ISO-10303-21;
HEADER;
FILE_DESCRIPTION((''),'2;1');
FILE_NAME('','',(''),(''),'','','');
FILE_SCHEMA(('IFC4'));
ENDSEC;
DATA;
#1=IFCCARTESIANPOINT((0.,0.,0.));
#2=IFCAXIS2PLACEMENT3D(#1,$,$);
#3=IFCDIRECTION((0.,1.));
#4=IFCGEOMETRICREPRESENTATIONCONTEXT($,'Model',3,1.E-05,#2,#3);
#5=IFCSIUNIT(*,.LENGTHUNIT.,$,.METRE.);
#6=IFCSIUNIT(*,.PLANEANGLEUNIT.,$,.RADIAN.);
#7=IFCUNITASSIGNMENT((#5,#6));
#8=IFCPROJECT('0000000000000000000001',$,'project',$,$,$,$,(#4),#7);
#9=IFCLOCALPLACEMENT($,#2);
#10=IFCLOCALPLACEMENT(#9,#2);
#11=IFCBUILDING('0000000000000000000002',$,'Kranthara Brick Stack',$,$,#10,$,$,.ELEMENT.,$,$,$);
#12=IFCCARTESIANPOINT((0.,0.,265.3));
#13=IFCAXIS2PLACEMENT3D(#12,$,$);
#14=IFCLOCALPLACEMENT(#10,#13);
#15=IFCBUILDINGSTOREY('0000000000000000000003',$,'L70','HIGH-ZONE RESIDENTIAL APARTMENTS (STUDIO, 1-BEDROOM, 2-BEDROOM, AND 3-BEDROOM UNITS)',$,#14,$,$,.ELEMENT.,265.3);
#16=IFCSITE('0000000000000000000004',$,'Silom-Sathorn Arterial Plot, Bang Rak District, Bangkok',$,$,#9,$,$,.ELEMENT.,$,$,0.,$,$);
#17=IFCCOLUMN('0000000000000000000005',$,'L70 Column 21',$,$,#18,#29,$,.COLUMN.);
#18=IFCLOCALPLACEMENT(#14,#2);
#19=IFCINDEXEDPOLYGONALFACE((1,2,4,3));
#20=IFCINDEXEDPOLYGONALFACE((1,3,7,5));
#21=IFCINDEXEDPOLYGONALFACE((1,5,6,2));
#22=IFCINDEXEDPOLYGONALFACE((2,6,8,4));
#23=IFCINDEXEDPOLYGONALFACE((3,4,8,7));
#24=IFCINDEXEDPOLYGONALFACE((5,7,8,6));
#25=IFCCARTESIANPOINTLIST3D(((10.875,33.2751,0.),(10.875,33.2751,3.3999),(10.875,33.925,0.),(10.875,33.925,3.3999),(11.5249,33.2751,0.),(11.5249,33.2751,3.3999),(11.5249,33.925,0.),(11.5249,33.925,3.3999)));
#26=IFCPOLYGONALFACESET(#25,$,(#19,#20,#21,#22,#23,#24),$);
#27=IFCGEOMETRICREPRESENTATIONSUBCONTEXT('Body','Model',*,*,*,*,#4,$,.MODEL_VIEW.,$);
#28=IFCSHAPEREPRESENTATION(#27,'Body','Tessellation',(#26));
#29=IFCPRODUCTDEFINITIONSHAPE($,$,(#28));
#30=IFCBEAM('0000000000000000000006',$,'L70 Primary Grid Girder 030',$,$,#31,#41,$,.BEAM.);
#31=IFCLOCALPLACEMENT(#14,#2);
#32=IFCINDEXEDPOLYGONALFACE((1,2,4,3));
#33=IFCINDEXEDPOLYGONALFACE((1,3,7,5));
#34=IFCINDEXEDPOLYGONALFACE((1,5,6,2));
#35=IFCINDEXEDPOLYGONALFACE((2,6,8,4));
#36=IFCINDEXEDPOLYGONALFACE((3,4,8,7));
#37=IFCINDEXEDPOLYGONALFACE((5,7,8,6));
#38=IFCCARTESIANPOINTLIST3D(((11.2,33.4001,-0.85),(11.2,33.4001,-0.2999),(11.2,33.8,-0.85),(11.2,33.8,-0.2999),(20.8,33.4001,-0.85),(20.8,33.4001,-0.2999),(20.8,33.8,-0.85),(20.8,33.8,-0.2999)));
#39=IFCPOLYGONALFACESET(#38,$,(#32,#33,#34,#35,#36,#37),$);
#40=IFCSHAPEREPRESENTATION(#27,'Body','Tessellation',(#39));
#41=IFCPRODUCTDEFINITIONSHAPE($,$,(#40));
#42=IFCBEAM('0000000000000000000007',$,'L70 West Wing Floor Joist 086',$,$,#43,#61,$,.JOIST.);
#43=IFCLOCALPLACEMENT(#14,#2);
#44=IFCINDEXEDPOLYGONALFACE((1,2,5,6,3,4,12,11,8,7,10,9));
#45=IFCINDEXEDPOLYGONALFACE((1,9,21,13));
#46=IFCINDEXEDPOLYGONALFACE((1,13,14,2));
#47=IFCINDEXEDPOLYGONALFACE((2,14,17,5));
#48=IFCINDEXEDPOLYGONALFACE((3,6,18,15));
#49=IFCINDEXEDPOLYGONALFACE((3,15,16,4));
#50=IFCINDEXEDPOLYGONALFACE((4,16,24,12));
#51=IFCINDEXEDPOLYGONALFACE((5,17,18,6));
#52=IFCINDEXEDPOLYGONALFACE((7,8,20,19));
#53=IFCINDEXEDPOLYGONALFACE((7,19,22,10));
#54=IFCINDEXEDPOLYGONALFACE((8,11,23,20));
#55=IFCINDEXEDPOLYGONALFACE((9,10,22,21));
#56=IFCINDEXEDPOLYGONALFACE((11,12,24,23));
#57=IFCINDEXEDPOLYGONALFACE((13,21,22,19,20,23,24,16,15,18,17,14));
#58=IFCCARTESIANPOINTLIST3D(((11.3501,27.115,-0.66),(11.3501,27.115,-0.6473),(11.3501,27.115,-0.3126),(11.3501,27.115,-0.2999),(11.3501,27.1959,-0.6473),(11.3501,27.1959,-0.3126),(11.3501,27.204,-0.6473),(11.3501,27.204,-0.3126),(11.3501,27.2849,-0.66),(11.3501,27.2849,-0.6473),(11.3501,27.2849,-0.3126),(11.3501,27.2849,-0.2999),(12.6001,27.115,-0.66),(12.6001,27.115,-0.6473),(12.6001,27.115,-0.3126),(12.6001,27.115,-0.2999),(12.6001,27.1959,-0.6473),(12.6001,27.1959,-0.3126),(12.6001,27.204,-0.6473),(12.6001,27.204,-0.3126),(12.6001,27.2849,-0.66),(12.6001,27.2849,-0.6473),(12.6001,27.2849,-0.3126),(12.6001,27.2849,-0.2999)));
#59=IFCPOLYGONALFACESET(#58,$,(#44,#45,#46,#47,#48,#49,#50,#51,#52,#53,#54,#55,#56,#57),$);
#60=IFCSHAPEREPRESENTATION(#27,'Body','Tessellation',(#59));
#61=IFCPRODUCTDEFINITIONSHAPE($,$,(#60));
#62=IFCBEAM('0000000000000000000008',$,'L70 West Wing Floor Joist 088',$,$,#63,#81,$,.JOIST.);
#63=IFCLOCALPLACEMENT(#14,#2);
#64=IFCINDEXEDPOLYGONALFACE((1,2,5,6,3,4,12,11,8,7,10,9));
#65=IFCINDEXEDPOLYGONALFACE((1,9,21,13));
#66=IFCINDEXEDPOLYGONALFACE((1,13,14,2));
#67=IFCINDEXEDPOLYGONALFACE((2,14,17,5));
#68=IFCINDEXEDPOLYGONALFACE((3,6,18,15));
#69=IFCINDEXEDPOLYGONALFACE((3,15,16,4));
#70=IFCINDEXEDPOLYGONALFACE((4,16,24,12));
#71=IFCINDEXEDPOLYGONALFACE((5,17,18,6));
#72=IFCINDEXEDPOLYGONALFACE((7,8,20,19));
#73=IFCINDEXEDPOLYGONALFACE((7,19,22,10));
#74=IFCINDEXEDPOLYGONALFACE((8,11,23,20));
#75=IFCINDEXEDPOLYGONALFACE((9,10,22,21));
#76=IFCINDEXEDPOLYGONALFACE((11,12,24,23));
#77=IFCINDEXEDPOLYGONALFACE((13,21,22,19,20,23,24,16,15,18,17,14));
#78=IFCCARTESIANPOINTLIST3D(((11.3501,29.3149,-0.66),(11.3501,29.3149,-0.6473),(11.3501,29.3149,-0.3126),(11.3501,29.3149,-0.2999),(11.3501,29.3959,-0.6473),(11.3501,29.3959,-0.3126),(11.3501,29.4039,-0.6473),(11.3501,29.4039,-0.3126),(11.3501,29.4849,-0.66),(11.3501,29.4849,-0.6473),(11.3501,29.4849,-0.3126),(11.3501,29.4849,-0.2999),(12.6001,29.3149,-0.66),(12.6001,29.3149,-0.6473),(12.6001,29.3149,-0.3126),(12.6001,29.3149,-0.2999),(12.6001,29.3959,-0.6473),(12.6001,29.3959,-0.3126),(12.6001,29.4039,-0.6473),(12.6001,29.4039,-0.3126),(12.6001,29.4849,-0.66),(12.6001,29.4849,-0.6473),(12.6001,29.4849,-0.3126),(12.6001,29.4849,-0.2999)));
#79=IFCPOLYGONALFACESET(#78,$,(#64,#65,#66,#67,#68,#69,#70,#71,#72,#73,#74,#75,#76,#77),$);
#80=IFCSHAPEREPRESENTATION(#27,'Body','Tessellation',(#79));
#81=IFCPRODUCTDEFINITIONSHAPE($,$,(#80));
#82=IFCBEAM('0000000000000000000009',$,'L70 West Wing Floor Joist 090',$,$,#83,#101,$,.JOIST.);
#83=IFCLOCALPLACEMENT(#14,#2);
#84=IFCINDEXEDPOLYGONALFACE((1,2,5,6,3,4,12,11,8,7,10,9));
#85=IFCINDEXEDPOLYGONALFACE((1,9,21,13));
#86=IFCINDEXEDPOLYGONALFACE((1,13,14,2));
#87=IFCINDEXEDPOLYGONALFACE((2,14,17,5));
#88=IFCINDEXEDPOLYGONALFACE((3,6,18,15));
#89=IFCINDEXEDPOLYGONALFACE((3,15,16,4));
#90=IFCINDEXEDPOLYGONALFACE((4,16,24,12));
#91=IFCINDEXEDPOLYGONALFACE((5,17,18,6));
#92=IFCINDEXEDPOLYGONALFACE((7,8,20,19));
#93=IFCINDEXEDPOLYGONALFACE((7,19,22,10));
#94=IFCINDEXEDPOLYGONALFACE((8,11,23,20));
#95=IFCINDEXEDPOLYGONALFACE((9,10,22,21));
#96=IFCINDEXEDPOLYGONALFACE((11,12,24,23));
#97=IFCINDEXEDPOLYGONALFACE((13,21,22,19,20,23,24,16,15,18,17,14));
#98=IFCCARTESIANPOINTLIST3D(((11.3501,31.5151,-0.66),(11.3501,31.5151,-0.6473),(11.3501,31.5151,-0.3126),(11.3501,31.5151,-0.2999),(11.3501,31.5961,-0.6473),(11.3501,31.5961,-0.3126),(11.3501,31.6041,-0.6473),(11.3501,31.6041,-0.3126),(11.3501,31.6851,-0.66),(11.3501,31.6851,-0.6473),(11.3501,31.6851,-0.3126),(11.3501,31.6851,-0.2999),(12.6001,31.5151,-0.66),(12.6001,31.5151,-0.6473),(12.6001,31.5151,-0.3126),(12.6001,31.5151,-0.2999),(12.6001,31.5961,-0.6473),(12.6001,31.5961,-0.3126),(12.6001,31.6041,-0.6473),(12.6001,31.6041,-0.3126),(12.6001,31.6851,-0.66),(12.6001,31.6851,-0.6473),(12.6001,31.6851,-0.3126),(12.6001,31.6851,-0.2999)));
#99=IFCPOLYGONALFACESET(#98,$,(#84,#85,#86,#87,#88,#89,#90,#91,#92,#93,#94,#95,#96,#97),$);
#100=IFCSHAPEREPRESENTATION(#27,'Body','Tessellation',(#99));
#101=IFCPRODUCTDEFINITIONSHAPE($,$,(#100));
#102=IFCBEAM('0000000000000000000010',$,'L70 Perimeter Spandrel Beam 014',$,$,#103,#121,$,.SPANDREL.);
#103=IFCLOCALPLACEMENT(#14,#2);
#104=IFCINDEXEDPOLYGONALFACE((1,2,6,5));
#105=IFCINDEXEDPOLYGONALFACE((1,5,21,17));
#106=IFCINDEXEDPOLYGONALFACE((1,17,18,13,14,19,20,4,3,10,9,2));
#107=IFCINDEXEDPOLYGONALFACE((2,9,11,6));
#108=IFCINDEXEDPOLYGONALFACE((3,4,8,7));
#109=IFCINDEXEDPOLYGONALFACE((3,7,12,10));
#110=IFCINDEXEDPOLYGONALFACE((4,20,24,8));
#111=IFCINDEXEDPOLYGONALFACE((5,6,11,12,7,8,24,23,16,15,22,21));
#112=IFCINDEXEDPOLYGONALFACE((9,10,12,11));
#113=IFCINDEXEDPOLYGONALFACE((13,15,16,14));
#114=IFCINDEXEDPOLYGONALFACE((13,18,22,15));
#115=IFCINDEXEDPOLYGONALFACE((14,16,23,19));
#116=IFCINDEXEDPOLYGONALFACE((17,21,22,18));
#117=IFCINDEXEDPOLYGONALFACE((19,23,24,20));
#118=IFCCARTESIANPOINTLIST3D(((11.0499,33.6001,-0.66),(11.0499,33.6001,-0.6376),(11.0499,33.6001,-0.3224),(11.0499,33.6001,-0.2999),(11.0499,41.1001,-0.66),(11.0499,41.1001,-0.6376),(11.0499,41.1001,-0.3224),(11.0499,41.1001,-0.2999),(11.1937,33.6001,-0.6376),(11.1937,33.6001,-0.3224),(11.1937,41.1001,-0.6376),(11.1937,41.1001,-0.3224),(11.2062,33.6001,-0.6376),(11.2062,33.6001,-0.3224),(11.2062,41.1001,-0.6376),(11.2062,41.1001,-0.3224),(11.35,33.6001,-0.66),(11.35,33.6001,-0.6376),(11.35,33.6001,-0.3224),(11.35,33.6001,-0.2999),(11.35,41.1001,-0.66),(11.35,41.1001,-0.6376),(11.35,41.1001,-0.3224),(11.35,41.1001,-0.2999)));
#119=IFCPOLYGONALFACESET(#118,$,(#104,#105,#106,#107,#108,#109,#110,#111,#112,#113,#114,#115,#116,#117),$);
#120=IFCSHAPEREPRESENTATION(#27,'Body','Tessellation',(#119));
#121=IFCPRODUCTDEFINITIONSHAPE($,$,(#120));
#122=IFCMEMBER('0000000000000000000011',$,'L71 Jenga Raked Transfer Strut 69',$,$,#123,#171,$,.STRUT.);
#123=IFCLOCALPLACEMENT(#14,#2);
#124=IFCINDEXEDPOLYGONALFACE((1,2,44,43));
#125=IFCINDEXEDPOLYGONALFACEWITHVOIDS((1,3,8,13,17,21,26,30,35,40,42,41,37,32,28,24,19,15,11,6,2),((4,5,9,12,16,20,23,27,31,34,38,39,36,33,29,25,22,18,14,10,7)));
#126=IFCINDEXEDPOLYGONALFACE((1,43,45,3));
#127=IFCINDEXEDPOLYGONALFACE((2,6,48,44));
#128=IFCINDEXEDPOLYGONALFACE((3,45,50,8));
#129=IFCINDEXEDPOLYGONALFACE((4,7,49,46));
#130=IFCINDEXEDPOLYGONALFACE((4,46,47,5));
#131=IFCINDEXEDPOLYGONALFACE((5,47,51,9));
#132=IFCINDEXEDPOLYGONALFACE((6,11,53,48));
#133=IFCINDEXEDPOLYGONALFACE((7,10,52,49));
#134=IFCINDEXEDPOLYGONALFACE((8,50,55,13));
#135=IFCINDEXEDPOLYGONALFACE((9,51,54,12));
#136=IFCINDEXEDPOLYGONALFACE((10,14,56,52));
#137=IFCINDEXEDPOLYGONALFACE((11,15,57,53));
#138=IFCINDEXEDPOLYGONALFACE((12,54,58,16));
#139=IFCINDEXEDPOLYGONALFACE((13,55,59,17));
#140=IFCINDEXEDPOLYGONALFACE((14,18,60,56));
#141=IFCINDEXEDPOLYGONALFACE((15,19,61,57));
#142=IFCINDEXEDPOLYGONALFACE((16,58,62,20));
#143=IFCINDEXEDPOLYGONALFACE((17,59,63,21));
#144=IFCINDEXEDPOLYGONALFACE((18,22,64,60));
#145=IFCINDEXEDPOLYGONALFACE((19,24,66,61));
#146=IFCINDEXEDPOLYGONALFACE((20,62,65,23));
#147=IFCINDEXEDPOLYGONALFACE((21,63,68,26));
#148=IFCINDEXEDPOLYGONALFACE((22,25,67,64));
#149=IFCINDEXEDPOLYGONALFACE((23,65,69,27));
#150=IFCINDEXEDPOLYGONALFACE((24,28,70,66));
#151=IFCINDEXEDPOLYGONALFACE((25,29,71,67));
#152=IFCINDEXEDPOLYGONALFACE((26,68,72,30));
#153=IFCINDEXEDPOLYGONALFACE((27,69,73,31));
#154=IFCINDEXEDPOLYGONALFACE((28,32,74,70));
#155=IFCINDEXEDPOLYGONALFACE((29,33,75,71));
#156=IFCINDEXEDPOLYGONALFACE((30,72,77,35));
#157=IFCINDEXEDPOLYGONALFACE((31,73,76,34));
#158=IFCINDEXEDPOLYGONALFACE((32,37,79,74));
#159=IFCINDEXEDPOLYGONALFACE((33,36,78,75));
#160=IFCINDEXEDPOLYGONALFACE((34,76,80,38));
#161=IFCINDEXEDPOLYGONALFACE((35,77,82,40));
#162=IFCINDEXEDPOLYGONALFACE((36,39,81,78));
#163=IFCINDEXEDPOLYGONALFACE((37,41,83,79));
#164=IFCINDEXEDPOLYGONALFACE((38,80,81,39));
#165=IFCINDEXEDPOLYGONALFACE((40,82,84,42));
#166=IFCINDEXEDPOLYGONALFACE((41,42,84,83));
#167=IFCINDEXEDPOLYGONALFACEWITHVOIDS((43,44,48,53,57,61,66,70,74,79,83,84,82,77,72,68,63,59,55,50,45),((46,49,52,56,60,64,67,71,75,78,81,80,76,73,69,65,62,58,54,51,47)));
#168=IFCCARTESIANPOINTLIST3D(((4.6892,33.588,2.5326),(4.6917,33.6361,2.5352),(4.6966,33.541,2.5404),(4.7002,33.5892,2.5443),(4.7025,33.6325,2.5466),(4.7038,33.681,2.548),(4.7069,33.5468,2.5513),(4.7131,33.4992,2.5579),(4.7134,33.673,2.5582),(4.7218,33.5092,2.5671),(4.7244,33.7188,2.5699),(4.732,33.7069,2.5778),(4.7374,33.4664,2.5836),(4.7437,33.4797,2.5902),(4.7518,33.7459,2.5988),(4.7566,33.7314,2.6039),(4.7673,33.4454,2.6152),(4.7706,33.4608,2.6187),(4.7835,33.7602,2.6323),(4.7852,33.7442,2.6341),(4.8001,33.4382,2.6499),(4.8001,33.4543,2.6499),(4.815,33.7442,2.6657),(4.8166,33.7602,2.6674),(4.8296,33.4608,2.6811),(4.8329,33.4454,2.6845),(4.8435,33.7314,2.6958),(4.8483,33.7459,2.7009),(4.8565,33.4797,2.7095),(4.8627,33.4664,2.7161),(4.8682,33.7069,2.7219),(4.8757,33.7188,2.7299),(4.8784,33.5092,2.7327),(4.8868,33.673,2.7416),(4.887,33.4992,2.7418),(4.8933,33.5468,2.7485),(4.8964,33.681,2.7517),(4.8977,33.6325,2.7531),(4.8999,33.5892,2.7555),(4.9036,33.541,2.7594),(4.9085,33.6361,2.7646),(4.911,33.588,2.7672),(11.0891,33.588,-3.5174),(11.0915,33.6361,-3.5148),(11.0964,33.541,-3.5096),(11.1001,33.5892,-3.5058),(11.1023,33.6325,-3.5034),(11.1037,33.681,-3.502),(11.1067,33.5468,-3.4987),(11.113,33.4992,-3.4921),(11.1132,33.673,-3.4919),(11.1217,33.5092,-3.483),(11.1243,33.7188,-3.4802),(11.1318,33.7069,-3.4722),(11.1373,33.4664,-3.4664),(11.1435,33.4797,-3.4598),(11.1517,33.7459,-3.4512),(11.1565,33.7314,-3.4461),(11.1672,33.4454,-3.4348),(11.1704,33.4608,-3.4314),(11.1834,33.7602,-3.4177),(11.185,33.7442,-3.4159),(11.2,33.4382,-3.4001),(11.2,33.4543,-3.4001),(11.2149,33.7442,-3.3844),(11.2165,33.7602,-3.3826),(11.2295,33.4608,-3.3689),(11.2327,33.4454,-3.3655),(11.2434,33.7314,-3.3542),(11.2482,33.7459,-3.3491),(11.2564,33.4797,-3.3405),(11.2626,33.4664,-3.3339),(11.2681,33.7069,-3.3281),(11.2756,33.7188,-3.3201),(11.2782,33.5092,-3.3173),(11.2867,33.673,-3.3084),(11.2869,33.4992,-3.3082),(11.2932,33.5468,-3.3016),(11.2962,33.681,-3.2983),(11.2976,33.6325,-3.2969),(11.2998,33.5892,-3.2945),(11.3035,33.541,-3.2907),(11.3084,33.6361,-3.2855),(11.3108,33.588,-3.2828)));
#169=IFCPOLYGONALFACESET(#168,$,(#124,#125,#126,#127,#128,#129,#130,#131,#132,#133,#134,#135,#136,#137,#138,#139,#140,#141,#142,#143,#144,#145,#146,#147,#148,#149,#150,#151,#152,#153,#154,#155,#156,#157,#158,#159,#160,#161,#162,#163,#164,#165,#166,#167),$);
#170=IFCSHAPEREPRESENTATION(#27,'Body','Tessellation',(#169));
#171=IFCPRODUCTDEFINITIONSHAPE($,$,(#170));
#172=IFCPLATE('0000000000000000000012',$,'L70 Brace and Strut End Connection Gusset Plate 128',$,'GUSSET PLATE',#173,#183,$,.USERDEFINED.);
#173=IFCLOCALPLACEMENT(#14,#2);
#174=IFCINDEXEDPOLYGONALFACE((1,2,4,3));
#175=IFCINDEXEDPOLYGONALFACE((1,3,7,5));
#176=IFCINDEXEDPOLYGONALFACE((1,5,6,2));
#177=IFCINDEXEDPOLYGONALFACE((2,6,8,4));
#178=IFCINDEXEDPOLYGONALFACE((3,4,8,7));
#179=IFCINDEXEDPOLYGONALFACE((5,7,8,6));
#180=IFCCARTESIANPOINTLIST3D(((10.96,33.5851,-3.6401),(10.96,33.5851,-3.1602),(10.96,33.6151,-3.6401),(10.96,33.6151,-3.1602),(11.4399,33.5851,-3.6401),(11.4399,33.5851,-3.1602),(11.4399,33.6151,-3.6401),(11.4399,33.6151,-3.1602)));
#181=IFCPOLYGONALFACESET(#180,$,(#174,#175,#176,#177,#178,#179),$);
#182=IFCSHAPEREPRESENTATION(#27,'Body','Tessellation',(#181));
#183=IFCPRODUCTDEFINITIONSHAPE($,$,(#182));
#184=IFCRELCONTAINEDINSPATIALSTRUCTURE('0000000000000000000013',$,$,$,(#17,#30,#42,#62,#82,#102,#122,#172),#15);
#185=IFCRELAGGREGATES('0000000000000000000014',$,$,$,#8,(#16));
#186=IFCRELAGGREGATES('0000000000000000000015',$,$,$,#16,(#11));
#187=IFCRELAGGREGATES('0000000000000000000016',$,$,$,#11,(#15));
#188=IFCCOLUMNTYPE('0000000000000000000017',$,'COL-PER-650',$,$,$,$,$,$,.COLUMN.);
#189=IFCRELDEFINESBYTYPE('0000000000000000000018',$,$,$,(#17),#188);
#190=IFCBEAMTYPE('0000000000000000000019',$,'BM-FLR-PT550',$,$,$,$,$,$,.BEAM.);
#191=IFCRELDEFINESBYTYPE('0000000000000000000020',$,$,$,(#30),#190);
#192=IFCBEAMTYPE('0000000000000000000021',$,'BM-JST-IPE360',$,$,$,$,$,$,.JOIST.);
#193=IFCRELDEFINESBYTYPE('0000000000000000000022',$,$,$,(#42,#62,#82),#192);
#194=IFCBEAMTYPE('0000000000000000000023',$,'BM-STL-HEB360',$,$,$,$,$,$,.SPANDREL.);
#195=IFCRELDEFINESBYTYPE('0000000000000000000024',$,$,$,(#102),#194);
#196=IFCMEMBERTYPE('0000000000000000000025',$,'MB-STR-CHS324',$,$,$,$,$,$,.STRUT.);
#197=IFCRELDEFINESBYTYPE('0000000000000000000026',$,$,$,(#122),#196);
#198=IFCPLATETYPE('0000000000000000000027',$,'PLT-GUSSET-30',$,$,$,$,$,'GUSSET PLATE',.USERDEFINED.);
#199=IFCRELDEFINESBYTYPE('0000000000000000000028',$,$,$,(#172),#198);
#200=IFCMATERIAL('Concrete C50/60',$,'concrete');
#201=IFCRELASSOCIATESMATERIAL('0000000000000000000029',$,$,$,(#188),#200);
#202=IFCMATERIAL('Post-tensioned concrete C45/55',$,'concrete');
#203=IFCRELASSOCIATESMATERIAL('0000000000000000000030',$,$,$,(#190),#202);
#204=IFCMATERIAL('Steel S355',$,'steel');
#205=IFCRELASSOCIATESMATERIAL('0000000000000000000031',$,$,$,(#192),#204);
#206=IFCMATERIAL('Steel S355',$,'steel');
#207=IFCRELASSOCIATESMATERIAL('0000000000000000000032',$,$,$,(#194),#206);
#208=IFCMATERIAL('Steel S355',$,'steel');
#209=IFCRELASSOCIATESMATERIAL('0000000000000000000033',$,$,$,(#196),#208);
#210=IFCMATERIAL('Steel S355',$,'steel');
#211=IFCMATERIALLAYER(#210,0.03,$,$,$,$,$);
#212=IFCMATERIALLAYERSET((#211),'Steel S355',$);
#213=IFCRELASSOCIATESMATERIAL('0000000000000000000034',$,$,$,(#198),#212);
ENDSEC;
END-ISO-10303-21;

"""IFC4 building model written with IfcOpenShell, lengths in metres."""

from ifc_helpers import new_model, si_unit, direction, frame, origin, origin_2d, place, context, subcontext, project, spatial, rectangle, hollow_circle, i_section, extrude, material, layer, layer_set, material_profile, profile_set, type_object, element, save


model = new_model("IFC4")

# Units and contexts
model_context = context("Model", 3, precision=1e-05, world=origin(), true_north=direction((0.0, 1.0)))
body_context = subcontext(model_context, "Body", "Model", "MODEL_VIEW")
ifc_project = project(units=[si_unit("LENGTHUNIT", "METRE"), si_unit("PLANEANGLEUNIT", "RADIAN")], contexts=[model_context])

# Site, building, storey
site_placement = place(None, origin())
site = spatial("IfcSite", under=ifc_project, at=site_placement, Name="Silom-Sathorn Arterial Plot, Bang Rak District, Bangkok", CompositionType="ELEMENT", RefElevation=0.0)
building_placement = place(site_placement, origin())
building = spatial("IfcBuilding", under=site, at=building_placement, Name="Kranthara Brick Stack", CompositionType="ELEMENT")
storey_placement = place(building_placement, frame((0.0, 0.0, 265.3)))
storey = spatial("IfcBuildingStorey", under=building, at=storey_placement, Name="L70", Description="HIGH-ZONE RESIDENTIAL APARTMENTS (STUDIO, 1-BEDROOM, 2-BEDROOM, AND 3-BEDROOM UNITS)", CompositionType="ELEMENT", Elevation=265.3)

# Column
ifc_material_1 = material(Name="Concrete C50/60", Category="concrete")
ifc_material_profile_1 = material_profile(ifc_material_1, rectangle(XDim=0.6499, YDim=0.6499, at=origin_2d()), Name="RC 650x650")
ifc_profile_set_1 = profile_set([ifc_material_profile_1], Name="Concrete C50/60")
column_type = type_object("IfcColumnType", Name="COL-PER-650", PredefinedType="COLUMN", material=ifc_profile_set_1)
column_placement = place(storey_placement, frame((11.2, 33.6001, 0.0), z_axis=(0.0, 0.0, 1.0), x_axis=(1.0, 0.0, 0.0)))
element("IfcColumn", 1, at=column_placement, inside=storey, type_object=column_type, Name="L70 Column 21", PredefinedType="COLUMN", context=body_context, shape_type="SweptSolid", body=[
    extrude(rectangle(XDim=0.6499, YDim=0.6499, at=origin_2d()), origin(), (0.0, 0.0, 1.0), 3.3999),
])

# Beams
ifc_material_2 = material(Name="Post-tensioned concrete C45/55", Category="concrete")
ifc_material_profile_2 = material_profile(ifc_material_2, rectangle(XDim=0.3999, YDim=0.55, at=origin_2d()), Name="PT 400x550")
ifc_profile_set_2 = profile_set([ifc_material_profile_2], Name="Post-tensioned concrete C45/55")
beam_type_1 = type_object("IfcBeamType", Name="BM-FLR-PT550", PredefinedType="BEAM", material=ifc_profile_set_2)
beam_1_placement = place(storey_placement, frame((11.2, 33.6001, -0.575), z_axis=(1.0, 0.0, 0.0), x_axis=(0.0, 1.0, 0.0)))
element("IfcBeam", 2, at=beam_1_placement, inside=storey, type_object=beam_type_1, Name="L70 Primary Grid Girder 030", PredefinedType="BEAM", context=body_context, shape_type="SweptSolid", body=[
    extrude(rectangle(XDim=0.3999, YDim=0.55, at=origin_2d()), origin(), (0.0, 0.0, 1.0), 9.6001),
])
ifc_material_3 = material(Name="Steel S355", Category="steel")
ifc_material_profile_3 = material_profile(ifc_material_3, i_section(OverallWidth=0.1699, OverallDepth=0.3601, WebThickness=0.0081, FlangeThickness=0.0127, at=origin_2d()), Name="IPE 360")
ifc_profile_set_3 = profile_set([ifc_material_profile_3], Name="Steel S355")
beam_type_2 = type_object("IfcBeamType", Name="BM-JST-IPE360", PredefinedType="JOIST", material=ifc_profile_set_3)
for number, where, z_axis, x_axis, name in (
    (3, (11.3501, 27.2, -0.48), (1.0, 0.0, 0.0), (0.0, 1.0, 0.0), "L70 West Wing Floor Joist 086"),
    (4, (11.3501, 29.3999, -0.48), (1.0, 0.0, 0.0), (0.0, 1.0, 0.0), "L70 West Wing Floor Joist 088"),
    (5, (11.3501, 31.6001, -0.48), (1.0, 0.0, 0.0), (0.0, 1.0, 0.0), "L70 West Wing Floor Joist 090"),
):
    element("IfcBeam", number, at=place(storey_placement, frame(where, z_axis=z_axis, x_axis=x_axis)), inside=storey, type_object=beam_type_2, Name=name, PredefinedType="JOIST", context=body_context, shape_type="SweptSolid", body=[
        extrude(i_section(OverallWidth=0.1699, OverallDepth=0.3601, WebThickness=0.0081, FlangeThickness=0.0127, at=origin_2d()), origin(), (0.0, 0.0, 1.0), 1.25),
    ])
ifc_material_4 = material(Name="Steel S355", Category="steel")
ifc_material_profile_4 = material_profile(ifc_material_4, i_section(OverallWidth=0.3, OverallDepth=0.3601, WebThickness=0.0125, FlangeThickness=0.0225, at=origin_2d()), Name="HEB 360")
ifc_profile_set_4 = profile_set([ifc_material_profile_4], Name="Steel S355")
beam_type_3 = type_object("IfcBeamType", Name="BM-STL-HEB360", PredefinedType="SPANDREL", material=ifc_profile_set_4)
beam_2_placement = place(storey_placement, frame((11.2, 33.6001, -0.48), z_axis=(0.0, 1.0, 0.0), x_axis=(-1.0, 0.0, 0.0)))
element("IfcBeam", 6, at=beam_2_placement, inside=storey, type_object=beam_type_3, Name="L70 Perimeter Spandrel Beam 014", PredefinedType="SPANDREL", context=body_context, shape_type="SweptSolid", body=[
    extrude(i_section(OverallWidth=0.3, OverallDepth=0.3601, WebThickness=0.0125, FlangeThickness=0.0225, at=origin_2d()), origin(), (0.0, 0.0, 1.0), 7.5),
])

# Member
ifc_material_5 = material(Name="Steel S355", Category="steel")
ifc_material_profile_5 = material_profile(ifc_material_5, hollow_circle(Radius=0.1619, WallThickness=0.0161, at=origin_2d()), Name="CHS 323.9x16")
ifc_profile_set_5 = profile_set([ifc_material_profile_5], Name="Steel S355")
member_type = type_object("IfcMemberType", Name="MB-STR-CHS324", PredefinedType="STRUT", material=ifc_profile_set_5)
member_placement = place(storey_placement, frame((11.2, 33.6001, -3.4001), z_axis=(-0.72669, 0.0, 0.686965), x_axis=(0.0, -1.0, 0.0)))
element("IfcMember", 7, at=member_placement, inside=storey, type_object=member_type, Name="L71 Jenga Raked Transfer Strut 69", PredefinedType="STRUT", context=body_context, shape_type="SweptSolid", body=[
    extrude(hollow_circle(Radius=0.1619, WallThickness=0.0161, at=origin_2d()), origin(), (0.0, 0.0, 1.0), 8.8069),
])

# Plate
ifc_material_6 = material(Name="Steel S355", Category="steel")
ifc_layer_1 = layer(ifc_material_6, 0.03)
ifc_layer_set_1 = layer_set([ifc_layer_1], Name="Steel S355")
plate_type = type_object("IfcPlateType", Name="PLT-GUSSET-30", ElementType="GUSSET PLATE", PredefinedType="USERDEFINED", material=ifc_layer_set_1)
for number, where, z_axis, x_axis, name in (
    (8, (11.2, 33.6001, -3.6401), (0.0, 0.0, 1.0), (1.0, 0.0, 0.0), "L70 Brace and Strut End Connection Gusset Plate 128"),
):
    element("IfcPlate", number, at=place(storey_placement, frame(where, z_axis=z_axis, x_axis=x_axis)), inside=storey, type_object=plate_type, Name=name, ObjectType="GUSSET PLATE", PredefinedType="USERDEFINED", context=body_context, shape_type="SweptSolid", body=[
        extrude(rectangle(XDim=0.48, YDim=0.03, at=origin_2d()), origin(), (0.0, 0.0, 1.0), 0.48),
    ])

save(model, "model.ifc")
